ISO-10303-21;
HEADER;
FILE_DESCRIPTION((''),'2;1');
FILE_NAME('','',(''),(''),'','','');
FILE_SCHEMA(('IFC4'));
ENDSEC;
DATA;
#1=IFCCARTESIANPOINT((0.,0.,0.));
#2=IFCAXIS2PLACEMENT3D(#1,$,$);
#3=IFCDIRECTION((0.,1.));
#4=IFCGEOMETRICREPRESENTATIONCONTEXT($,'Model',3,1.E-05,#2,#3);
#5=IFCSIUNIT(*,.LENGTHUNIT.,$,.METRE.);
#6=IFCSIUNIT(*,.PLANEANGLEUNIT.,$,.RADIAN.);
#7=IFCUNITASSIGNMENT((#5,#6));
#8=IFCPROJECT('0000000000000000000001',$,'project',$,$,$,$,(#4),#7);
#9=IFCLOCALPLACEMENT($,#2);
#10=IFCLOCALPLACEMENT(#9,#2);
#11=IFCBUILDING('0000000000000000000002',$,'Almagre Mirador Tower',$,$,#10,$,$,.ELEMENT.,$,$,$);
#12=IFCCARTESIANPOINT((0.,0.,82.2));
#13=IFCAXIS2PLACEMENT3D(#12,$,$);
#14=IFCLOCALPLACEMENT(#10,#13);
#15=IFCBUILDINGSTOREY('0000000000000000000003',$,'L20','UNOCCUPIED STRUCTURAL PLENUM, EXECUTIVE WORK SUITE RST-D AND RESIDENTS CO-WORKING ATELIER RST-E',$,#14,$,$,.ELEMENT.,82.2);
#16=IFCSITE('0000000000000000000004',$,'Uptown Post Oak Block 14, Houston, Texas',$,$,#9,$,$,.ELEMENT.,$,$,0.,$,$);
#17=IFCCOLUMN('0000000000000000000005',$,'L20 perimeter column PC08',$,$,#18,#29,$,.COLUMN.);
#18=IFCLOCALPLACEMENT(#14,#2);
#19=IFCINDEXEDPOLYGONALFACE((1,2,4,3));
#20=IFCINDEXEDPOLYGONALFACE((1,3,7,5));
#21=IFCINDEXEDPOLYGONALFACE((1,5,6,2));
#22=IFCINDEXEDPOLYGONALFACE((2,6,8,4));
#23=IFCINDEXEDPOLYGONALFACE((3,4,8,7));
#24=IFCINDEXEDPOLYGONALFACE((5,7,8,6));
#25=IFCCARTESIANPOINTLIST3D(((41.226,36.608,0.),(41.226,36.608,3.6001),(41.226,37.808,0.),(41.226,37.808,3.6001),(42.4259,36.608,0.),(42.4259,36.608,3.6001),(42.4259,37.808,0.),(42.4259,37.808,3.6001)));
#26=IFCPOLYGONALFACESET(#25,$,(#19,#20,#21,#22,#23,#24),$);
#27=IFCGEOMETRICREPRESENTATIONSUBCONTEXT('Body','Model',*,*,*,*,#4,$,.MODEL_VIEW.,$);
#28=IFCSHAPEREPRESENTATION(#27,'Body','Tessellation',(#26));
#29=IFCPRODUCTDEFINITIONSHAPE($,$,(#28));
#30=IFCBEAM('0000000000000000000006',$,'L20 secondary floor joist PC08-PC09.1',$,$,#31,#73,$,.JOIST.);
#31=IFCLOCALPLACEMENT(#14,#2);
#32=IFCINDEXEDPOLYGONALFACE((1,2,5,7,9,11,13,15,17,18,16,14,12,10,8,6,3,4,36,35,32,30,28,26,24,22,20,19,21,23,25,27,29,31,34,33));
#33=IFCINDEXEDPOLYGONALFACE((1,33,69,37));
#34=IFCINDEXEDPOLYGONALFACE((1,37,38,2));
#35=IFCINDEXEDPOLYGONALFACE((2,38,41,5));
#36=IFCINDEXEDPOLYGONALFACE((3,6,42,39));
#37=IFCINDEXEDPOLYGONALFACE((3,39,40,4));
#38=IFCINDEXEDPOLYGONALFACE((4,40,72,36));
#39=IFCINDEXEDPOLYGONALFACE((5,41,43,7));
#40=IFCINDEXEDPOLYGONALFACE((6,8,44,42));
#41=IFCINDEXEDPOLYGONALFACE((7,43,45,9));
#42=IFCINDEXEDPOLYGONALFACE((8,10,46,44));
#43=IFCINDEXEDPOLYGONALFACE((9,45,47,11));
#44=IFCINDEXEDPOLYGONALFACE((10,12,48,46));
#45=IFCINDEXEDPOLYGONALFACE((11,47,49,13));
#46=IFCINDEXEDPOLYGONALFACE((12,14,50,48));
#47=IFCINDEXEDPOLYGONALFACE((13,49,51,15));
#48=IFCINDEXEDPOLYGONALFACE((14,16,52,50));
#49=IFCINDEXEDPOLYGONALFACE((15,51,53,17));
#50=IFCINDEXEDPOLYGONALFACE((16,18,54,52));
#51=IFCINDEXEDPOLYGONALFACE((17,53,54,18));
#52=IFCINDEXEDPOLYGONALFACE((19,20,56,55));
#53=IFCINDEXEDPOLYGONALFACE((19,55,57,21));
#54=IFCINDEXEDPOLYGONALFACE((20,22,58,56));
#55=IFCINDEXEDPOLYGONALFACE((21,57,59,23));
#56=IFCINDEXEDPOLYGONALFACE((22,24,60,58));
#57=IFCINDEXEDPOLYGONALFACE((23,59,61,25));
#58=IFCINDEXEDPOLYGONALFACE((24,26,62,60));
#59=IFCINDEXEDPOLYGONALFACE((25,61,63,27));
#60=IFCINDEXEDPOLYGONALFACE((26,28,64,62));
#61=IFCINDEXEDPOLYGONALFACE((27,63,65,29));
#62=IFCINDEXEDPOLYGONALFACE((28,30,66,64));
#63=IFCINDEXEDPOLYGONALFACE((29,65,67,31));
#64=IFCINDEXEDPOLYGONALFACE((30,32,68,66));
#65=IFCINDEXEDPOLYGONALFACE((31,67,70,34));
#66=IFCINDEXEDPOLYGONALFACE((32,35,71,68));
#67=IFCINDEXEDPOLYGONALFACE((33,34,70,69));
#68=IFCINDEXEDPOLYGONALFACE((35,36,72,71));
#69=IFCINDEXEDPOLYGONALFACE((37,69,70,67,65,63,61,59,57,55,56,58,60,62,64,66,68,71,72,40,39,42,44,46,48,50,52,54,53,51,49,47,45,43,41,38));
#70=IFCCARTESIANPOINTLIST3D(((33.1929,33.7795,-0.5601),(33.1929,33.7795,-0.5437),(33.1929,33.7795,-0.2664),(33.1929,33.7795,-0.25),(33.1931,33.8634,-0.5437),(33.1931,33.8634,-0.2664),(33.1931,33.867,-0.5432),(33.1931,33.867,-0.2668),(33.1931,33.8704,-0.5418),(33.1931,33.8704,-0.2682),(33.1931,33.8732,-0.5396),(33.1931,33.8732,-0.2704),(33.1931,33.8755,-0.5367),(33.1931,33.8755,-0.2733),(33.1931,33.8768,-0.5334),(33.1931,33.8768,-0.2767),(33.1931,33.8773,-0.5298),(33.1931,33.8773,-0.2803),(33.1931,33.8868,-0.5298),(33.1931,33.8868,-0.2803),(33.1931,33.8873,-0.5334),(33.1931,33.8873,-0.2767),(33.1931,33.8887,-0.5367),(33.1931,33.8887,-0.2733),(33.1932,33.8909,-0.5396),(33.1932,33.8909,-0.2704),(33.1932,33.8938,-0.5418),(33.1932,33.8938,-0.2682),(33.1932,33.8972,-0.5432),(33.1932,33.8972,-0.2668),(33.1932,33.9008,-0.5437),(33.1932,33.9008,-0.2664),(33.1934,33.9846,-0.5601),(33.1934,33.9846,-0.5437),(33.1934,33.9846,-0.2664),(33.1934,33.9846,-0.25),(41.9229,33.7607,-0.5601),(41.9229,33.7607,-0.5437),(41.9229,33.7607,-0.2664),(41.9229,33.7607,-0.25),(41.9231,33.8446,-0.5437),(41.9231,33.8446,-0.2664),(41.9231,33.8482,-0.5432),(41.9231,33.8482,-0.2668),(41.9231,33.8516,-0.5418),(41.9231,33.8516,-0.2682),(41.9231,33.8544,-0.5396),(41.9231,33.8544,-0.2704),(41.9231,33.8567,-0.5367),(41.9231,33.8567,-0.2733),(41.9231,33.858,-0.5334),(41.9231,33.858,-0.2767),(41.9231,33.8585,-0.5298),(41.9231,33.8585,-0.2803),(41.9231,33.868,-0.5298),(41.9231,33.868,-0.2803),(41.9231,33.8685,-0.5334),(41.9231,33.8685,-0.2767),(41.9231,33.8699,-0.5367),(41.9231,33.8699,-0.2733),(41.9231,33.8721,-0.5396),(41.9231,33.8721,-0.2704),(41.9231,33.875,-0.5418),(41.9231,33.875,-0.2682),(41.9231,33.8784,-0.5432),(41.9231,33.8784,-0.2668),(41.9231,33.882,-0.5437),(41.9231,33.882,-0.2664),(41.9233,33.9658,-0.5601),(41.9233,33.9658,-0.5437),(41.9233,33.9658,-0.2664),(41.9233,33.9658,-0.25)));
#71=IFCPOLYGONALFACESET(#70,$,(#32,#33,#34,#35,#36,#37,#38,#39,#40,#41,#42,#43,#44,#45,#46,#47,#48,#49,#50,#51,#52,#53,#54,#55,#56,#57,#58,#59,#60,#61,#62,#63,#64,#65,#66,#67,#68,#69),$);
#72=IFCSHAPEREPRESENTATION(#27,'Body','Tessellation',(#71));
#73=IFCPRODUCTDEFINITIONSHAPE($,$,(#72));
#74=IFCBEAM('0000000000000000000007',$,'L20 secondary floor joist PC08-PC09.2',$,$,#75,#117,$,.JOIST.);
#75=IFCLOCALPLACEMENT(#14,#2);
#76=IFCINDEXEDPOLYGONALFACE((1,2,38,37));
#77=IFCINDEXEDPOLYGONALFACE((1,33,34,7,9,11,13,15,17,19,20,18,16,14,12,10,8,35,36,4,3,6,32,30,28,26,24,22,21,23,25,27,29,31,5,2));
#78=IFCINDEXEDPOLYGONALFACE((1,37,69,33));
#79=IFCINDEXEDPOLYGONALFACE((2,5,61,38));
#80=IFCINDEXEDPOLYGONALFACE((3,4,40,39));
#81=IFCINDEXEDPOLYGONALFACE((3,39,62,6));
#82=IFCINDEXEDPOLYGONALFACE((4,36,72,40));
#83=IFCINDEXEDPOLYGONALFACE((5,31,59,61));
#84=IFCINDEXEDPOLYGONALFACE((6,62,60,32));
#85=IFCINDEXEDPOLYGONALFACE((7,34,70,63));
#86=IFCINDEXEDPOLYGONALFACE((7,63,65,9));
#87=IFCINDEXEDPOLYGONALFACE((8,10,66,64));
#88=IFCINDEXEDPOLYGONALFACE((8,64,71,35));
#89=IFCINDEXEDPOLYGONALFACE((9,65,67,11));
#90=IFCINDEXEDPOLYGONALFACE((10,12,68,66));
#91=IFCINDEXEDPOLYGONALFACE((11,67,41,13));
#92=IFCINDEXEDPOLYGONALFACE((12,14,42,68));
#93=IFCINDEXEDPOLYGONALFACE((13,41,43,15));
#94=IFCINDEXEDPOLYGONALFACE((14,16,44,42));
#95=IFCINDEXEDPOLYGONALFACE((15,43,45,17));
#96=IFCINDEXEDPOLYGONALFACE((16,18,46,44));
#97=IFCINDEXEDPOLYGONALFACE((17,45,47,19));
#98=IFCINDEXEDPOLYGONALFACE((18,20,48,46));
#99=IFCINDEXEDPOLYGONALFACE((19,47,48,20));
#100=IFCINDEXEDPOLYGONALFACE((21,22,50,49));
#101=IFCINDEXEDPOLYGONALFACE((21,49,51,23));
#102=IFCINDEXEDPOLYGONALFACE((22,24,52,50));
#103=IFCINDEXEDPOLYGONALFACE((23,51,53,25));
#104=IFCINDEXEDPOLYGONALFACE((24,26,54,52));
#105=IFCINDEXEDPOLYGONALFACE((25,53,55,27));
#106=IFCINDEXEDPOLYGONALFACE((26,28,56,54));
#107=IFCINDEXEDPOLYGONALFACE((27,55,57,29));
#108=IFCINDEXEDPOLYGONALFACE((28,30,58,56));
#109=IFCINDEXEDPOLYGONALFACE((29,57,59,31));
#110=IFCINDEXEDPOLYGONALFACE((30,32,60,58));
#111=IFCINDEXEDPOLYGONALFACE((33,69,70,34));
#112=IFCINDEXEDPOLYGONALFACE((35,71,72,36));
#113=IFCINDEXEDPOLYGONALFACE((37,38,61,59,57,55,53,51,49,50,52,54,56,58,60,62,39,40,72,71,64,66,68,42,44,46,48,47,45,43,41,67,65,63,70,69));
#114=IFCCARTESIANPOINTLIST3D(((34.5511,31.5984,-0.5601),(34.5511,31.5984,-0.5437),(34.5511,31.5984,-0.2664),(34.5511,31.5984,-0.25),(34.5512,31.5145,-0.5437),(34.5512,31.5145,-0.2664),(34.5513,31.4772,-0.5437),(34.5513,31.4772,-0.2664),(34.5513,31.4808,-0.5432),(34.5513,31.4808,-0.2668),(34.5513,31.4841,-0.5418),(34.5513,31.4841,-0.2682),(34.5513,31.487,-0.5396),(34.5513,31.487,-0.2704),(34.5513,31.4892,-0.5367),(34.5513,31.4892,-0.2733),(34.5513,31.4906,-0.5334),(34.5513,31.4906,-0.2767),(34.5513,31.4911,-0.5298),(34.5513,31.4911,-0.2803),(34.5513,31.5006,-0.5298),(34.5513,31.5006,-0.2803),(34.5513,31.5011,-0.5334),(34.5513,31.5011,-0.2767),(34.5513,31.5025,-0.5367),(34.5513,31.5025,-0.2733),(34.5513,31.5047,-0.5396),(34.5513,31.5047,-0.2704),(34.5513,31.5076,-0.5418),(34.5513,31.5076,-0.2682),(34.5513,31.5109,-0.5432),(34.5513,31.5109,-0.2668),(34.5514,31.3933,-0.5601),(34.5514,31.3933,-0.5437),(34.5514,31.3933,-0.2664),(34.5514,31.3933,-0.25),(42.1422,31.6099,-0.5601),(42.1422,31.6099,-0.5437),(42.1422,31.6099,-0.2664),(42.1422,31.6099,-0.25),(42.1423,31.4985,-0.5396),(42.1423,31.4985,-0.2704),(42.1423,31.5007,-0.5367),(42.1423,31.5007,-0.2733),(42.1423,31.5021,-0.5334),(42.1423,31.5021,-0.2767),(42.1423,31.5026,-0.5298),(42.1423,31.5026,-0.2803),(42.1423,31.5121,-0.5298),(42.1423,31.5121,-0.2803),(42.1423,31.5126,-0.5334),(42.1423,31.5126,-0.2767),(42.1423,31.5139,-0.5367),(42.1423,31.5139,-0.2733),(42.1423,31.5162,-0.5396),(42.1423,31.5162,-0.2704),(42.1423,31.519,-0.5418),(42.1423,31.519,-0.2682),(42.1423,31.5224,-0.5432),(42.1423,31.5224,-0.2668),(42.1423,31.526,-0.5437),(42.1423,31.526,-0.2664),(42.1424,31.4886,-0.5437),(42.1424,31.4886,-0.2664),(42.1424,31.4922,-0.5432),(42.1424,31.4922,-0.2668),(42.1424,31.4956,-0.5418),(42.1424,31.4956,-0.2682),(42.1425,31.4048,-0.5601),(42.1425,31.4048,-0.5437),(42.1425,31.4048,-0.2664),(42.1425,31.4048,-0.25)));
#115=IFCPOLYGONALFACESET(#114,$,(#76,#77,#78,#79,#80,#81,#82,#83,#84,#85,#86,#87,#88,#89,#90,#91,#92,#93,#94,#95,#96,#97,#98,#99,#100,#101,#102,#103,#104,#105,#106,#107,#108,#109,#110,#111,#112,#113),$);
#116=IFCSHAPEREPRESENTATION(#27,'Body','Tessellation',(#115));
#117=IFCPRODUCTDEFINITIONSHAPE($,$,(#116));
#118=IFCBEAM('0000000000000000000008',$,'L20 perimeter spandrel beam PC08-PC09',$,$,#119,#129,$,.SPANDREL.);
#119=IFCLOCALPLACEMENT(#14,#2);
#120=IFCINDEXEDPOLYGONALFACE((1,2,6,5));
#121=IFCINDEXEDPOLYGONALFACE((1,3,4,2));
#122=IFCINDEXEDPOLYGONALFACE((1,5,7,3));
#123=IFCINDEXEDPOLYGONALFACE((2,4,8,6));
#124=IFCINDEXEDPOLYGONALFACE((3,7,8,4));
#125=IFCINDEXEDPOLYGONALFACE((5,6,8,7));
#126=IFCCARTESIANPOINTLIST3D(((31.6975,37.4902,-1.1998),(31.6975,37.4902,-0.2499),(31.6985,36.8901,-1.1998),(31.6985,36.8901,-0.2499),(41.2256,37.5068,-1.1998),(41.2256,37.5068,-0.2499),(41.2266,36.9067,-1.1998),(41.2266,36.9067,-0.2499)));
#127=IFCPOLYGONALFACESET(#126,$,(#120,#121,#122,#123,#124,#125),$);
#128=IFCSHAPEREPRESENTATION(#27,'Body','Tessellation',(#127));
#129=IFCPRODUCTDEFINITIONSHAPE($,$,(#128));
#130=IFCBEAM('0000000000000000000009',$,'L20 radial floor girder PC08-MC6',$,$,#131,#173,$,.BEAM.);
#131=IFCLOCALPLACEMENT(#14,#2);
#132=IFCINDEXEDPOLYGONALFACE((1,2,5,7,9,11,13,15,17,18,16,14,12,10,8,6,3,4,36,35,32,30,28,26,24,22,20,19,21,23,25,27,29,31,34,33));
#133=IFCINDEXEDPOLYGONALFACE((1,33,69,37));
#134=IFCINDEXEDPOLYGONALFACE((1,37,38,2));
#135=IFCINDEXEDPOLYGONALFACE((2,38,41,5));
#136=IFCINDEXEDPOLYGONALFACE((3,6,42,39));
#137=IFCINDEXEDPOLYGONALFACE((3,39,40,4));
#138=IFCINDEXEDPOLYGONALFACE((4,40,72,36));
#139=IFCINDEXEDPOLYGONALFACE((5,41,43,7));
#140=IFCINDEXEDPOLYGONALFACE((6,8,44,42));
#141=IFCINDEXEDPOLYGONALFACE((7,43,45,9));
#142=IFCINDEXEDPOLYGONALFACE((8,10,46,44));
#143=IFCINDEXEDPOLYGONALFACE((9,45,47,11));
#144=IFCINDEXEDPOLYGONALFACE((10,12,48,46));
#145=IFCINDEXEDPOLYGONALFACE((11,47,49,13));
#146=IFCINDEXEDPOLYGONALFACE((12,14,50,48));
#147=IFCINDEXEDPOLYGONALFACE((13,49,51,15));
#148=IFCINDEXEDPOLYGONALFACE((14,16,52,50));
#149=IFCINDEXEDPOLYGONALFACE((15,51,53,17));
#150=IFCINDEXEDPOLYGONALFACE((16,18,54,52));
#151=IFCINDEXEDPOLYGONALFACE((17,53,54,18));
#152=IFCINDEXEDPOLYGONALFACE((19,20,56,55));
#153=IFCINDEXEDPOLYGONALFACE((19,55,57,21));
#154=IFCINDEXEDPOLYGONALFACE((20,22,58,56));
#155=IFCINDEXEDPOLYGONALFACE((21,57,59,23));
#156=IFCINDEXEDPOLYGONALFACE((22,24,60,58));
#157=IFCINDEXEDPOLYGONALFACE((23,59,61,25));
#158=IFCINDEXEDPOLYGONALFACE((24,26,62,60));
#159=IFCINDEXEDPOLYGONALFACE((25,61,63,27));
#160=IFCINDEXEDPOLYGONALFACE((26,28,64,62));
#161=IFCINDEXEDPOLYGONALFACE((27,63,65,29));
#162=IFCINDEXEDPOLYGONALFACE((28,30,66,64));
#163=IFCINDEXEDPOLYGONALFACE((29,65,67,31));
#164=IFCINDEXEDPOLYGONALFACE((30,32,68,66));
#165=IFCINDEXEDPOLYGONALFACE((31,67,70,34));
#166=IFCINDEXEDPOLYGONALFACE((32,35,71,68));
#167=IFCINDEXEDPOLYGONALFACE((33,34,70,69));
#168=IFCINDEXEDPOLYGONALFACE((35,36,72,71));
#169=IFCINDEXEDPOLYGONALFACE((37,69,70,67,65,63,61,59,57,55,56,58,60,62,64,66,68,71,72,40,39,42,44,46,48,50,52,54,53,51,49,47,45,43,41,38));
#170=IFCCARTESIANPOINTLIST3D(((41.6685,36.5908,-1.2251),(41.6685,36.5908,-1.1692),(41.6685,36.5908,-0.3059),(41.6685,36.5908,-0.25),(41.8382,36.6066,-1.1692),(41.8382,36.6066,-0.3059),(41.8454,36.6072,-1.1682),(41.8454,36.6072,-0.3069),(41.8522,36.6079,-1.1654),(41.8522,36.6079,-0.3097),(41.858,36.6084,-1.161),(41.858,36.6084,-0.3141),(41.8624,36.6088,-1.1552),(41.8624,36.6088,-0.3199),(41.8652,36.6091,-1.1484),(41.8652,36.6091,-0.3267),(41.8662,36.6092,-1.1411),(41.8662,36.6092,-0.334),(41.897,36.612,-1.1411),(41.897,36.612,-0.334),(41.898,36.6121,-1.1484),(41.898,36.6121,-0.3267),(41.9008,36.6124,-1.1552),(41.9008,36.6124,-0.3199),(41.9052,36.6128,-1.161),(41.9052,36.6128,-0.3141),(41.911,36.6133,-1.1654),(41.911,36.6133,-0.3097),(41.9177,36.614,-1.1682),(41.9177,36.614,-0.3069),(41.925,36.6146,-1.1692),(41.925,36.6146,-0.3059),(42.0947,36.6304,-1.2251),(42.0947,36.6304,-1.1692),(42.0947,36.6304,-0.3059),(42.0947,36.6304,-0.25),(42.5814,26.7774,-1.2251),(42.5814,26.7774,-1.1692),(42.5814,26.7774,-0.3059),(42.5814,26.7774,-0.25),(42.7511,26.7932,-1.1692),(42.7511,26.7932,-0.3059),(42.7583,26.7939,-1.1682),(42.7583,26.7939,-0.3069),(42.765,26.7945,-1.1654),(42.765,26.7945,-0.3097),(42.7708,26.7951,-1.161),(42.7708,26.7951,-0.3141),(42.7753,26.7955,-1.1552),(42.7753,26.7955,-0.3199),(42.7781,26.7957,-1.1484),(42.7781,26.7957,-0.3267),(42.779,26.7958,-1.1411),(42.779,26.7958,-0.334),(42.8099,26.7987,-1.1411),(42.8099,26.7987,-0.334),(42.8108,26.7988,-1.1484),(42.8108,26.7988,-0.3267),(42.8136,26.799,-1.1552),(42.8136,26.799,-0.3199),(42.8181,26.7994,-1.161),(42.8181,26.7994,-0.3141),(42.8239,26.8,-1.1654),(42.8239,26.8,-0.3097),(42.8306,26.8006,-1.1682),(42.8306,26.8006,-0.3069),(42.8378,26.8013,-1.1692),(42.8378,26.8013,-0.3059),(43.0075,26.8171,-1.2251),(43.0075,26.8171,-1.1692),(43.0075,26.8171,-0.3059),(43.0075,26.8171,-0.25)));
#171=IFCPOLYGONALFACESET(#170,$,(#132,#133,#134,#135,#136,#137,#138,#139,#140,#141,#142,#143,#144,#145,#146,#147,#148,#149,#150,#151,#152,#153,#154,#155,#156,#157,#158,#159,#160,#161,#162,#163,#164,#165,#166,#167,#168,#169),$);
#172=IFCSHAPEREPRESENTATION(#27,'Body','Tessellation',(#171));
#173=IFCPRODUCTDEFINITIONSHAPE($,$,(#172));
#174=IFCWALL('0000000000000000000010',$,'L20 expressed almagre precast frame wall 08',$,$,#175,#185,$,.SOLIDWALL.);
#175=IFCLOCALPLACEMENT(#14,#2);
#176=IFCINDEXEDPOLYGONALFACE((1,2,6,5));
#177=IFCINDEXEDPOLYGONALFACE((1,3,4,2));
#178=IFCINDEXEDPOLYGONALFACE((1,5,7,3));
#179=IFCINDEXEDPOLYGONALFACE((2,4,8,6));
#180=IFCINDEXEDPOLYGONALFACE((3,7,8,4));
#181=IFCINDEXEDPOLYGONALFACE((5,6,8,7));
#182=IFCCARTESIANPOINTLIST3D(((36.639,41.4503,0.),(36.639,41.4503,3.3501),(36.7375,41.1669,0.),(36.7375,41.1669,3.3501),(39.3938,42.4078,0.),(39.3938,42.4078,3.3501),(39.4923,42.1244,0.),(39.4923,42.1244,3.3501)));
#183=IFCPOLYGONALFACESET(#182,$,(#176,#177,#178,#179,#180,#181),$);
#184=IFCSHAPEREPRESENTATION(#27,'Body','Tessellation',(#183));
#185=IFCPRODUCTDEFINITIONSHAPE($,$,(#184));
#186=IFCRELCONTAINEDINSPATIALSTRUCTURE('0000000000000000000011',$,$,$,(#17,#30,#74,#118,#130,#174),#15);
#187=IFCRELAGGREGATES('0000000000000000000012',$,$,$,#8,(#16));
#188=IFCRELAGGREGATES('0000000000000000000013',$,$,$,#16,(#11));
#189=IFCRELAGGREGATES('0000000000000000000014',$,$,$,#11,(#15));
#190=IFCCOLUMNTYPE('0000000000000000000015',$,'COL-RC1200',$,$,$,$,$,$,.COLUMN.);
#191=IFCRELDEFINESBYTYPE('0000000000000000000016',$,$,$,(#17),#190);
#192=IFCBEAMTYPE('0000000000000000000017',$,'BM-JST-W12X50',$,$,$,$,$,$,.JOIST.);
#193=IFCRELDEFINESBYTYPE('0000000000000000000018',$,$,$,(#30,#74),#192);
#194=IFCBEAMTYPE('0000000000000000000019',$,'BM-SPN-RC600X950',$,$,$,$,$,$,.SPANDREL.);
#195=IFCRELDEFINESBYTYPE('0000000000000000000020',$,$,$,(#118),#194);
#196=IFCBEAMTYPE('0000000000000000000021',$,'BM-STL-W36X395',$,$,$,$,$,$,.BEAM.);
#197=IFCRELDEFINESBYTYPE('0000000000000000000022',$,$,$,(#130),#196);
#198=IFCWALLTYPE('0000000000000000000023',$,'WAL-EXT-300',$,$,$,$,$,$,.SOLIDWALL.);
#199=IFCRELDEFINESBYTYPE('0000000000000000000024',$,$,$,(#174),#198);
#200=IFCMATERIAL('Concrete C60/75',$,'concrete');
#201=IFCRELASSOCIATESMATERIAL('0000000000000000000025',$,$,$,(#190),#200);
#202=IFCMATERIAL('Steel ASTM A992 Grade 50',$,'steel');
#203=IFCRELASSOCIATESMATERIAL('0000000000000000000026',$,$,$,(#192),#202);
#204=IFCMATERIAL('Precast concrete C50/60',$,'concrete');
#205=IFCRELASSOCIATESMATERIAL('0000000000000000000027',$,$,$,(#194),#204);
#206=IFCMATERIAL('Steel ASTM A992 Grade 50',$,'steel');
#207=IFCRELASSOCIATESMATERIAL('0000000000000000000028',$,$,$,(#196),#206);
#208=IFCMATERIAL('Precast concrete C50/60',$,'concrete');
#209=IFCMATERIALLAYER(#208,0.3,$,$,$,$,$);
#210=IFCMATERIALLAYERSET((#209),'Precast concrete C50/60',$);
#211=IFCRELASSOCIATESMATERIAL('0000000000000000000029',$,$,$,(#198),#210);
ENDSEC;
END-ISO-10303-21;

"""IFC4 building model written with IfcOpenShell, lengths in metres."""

from ifc_helpers import new_model, si_unit, direction, frame, frame_2d, origin, origin_2d, place, context, subcontext, project, spatial, rectangle, i_section, extrude, material, layer, layer_set, material_profile, profile_set, type_object, element, save


model = new_model("IFC4")

# Units and contexts
model_context = context("Model", 3, precision=1e-05, world=origin(), true_north=direction((0.0, 1.0)))
body_context = subcontext(model_context, "Body", "Model", "MODEL_VIEW")
ifc_project = project(units=[si_unit("LENGTHUNIT", "METRE"), si_unit("PLANEANGLEUNIT", "RADIAN")], contexts=[model_context])

# Site, building, storey
site_placement = place(None, origin())
site = spatial("IfcSite", under=ifc_project, at=site_placement, Name="Uptown Post Oak Block 14, Houston, Texas", CompositionType="ELEMENT", RefElevation=0.0)
building_placement = place(site_placement, origin())
building = spatial("IfcBuilding", under=site, at=building_placement, Name="Almagre Mirador Tower", CompositionType="ELEMENT")
storey_placement = place(building_placement, frame((0.0, 0.0, 82.2)))
storey = spatial("IfcBuildingStorey", under=building, at=storey_placement, Name="L20", Description="UNOCCUPIED STRUCTURAL PLENUM, EXECUTIVE WORK SUITE RST-D AND RESIDENTS CO-WORKING ATELIER RST-E", CompositionType="ELEMENT", Elevation=82.2)

# Column
ifc_material_1 = material(Name="Concrete C60/75", Category="concrete")
ifc_material_profile_1 = material_profile(ifc_material_1, rectangle(XDim=1.2, YDim=1.2, at=origin_2d()), Name="RC1200X1200")
ifc_profile_set_1 = profile_set([ifc_material_profile_1], Name="Concrete C60/75")
column_type = type_object("IfcColumnType", Name="COL-RC1200", PredefinedType="COLUMN", material=ifc_profile_set_1)
column_placement = place(storey_placement, frame((41.8259, 37.208, 0.0), z_axis=(0.0, 0.0, 1.0), x_axis=(1.0, 0.0, 0.0)))
element("IfcColumn", 1, at=column_placement, inside=storey, type_object=column_type, Name="L20 perimeter column PC08", PredefinedType="COLUMN", context=body_context, shape_type="SweptSolid", body=[
    extrude(rectangle(XDim=1.2, YDim=1.2, at=origin_2d()), origin(), (0.0, 0.0, 1.0), 3.6001),
])

# Beams
ifc_material_2 = material(Name="Steel ASTM A992 Grade 50", Category="steel")
ifc_material_profile_2 = material_profile(ifc_material_2, i_section(OverallWidth=0.2051, OverallDepth=0.3101, WebThickness=0.0095, FlangeThickness=0.0164, FilletRadius=0.0139, at=origin_2d()), Name="W12X50")
ifc_profile_set_2 = profile_set([ifc_material_profile_2], Name="Steel ASTM A992 Grade 50")
beam_type_1 = type_object("IfcBeamType", Name="BM-JST-W12X50", PredefinedType="JOIST", material=ifc_profile_set_2)
beam_1_placement = place(storey_placement, frame((41.9231, 33.8633, -0.405), z_axis=(-0.999998, 0.002153, 0.0), x_axis=(-0.002153, -0.999998, 0.0)))
element("IfcBeam", 2, at=beam_1_placement, inside=storey, type_object=beam_type_1, Name="L20 secondary floor joist PC08-PC09.1", PredefinedType="JOIST", context=body_context, shape_type="SweptSolid", body=[
    extrude(i_section(OverallWidth=0.2051, OverallDepth=0.3101, WebThickness=0.0095, FlangeThickness=0.0164, FilletRadius=0.0139, at=origin_2d()), origin(), (0.0, 0.0, 1.0), 8.73),
])
beam_2_placement = place(storey_placement, frame((42.1423, 31.5073, -0.405), z_axis=(-0.999999, -0.001512, 0.0), x_axis=(0.001512, -0.999999, 0.0)))
element("IfcBeam", 3, at=beam_2_placement, inside=storey, type_object=beam_type_1, Name="L20 secondary floor joist PC08-PC09.2", PredefinedType="JOIST", context=body_context, shape_type="SweptSolid", body=[
    extrude(i_section(OverallWidth=0.2051, OverallDepth=0.3101, WebThickness=0.0095, FlangeThickness=0.0164, FilletRadius=0.0139, at=origin_2d()), origin(), (0.0, 0.0, 1.0), 7.5911),
])
ifc_material_3 = material(Name="Precast concrete C50/60", Category="concrete")
ifc_material_profile_3 = material_profile(ifc_material_3, rectangle(XDim=0.6001, YDim=0.95, at=origin_2d()), Name="RC600X950")
ifc_profile_set_3 = profile_set([ifc_material_profile_3], Name="Precast concrete C50/60")
beam_type_2 = type_object("IfcBeamType", Name="BM-SPN-RC600X950", PredefinedType="SPANDREL", material=ifc_profile_set_3)
beam_3_placement = place(storey_placement, frame((41.2261, 37.2068, -0.7249), z_axis=(-0.999998, -0.001742, 0.0), x_axis=(0.001742, -0.999998, 0.0)))
element("IfcBeam", 4, at=beam_3_placement, inside=storey, type_object=beam_type_2, Name="L20 perimeter spandrel beam PC08-PC09", PredefinedType="SPANDREL", context=body_context, shape_type="SweptSolid", body=[
    extrude(rectangle(XDim=0.6001, YDim=0.95, at=origin_2d()), origin(), (0.0, 0.0, 1.0), 9.5281),
])
ifc_material_4 = material(Name="Steel ASTM A992 Grade 50", Category="steel")
ifc_material_profile_4 = material_profile(ifc_material_4, i_section(OverallWidth=0.428, OverallDepth=0.9751, WebThickness=0.031, FlangeThickness=0.0559, FilletRadius=0.0281, at=origin_2d()), Name="W36X395")
ifc_profile_set_4 = profile_set([ifc_material_profile_4], Name="Steel ASTM A992 Grade 50")
beam_type_3 = type_object("IfcBeamType", Name="BM-STL-W36X395", PredefinedType="BEAM", material=ifc_profile_set_4)
beam_4_placement = place(storey_placement, frame((41.8816, 36.6106, -0.7375), z_axis=(0.092622, -0.995701, 0.0), x_axis=(0.995701, 0.092622, 0.0)))
element("IfcBeam", 5, at=beam_4_placement, inside=storey, type_object=beam_type_3, Name="L20 radial floor girder PC08-MC6", PredefinedType="BEAM", context=body_context, shape_type="SweptSolid", body=[
    extrude(i_section(OverallWidth=0.428, OverallDepth=0.9751, WebThickness=0.031, FlangeThickness=0.0559, FilletRadius=0.0281, at=origin_2d()), origin(), (0.0, 0.0, 1.0), 9.8557),
])

# Wall
ifc_material_5 = material(Name="Precast concrete C50/60", Category="concrete")
ifc_layer_1 = layer(ifc_material_5, 0.3)
ifc_layer_set_1 = layer_set([ifc_layer_1], Name="Precast concrete C50/60")
wall_type_1 = type_object("IfcWallType", Name="WAL-EXT-300", PredefinedType="SOLIDWALL", material=ifc_layer_set_1)
wall_1_placement = place(storey_placement, frame((36.6882, 41.3086, 0.0), z_axis=(0.0, 0.0, 1.0), x_axis=(0.944571, 0.328306, 0.0)))
element("IfcWall", 6, at=wall_1_placement, inside=storey, type_object=wall_type_1, Name="L20 expressed almagre precast frame wall 08", PredefinedType="SOLIDWALL", context=body_context, shape_type="SweptSolid", body=[
    extrude(rectangle(XDim=2.9165, YDim=0.3, at=frame_2d((1.4583, 0.0))), origin(), (0.0, 0.0, 1.0), 3.3501),
])

save(model, "model.ifc")
